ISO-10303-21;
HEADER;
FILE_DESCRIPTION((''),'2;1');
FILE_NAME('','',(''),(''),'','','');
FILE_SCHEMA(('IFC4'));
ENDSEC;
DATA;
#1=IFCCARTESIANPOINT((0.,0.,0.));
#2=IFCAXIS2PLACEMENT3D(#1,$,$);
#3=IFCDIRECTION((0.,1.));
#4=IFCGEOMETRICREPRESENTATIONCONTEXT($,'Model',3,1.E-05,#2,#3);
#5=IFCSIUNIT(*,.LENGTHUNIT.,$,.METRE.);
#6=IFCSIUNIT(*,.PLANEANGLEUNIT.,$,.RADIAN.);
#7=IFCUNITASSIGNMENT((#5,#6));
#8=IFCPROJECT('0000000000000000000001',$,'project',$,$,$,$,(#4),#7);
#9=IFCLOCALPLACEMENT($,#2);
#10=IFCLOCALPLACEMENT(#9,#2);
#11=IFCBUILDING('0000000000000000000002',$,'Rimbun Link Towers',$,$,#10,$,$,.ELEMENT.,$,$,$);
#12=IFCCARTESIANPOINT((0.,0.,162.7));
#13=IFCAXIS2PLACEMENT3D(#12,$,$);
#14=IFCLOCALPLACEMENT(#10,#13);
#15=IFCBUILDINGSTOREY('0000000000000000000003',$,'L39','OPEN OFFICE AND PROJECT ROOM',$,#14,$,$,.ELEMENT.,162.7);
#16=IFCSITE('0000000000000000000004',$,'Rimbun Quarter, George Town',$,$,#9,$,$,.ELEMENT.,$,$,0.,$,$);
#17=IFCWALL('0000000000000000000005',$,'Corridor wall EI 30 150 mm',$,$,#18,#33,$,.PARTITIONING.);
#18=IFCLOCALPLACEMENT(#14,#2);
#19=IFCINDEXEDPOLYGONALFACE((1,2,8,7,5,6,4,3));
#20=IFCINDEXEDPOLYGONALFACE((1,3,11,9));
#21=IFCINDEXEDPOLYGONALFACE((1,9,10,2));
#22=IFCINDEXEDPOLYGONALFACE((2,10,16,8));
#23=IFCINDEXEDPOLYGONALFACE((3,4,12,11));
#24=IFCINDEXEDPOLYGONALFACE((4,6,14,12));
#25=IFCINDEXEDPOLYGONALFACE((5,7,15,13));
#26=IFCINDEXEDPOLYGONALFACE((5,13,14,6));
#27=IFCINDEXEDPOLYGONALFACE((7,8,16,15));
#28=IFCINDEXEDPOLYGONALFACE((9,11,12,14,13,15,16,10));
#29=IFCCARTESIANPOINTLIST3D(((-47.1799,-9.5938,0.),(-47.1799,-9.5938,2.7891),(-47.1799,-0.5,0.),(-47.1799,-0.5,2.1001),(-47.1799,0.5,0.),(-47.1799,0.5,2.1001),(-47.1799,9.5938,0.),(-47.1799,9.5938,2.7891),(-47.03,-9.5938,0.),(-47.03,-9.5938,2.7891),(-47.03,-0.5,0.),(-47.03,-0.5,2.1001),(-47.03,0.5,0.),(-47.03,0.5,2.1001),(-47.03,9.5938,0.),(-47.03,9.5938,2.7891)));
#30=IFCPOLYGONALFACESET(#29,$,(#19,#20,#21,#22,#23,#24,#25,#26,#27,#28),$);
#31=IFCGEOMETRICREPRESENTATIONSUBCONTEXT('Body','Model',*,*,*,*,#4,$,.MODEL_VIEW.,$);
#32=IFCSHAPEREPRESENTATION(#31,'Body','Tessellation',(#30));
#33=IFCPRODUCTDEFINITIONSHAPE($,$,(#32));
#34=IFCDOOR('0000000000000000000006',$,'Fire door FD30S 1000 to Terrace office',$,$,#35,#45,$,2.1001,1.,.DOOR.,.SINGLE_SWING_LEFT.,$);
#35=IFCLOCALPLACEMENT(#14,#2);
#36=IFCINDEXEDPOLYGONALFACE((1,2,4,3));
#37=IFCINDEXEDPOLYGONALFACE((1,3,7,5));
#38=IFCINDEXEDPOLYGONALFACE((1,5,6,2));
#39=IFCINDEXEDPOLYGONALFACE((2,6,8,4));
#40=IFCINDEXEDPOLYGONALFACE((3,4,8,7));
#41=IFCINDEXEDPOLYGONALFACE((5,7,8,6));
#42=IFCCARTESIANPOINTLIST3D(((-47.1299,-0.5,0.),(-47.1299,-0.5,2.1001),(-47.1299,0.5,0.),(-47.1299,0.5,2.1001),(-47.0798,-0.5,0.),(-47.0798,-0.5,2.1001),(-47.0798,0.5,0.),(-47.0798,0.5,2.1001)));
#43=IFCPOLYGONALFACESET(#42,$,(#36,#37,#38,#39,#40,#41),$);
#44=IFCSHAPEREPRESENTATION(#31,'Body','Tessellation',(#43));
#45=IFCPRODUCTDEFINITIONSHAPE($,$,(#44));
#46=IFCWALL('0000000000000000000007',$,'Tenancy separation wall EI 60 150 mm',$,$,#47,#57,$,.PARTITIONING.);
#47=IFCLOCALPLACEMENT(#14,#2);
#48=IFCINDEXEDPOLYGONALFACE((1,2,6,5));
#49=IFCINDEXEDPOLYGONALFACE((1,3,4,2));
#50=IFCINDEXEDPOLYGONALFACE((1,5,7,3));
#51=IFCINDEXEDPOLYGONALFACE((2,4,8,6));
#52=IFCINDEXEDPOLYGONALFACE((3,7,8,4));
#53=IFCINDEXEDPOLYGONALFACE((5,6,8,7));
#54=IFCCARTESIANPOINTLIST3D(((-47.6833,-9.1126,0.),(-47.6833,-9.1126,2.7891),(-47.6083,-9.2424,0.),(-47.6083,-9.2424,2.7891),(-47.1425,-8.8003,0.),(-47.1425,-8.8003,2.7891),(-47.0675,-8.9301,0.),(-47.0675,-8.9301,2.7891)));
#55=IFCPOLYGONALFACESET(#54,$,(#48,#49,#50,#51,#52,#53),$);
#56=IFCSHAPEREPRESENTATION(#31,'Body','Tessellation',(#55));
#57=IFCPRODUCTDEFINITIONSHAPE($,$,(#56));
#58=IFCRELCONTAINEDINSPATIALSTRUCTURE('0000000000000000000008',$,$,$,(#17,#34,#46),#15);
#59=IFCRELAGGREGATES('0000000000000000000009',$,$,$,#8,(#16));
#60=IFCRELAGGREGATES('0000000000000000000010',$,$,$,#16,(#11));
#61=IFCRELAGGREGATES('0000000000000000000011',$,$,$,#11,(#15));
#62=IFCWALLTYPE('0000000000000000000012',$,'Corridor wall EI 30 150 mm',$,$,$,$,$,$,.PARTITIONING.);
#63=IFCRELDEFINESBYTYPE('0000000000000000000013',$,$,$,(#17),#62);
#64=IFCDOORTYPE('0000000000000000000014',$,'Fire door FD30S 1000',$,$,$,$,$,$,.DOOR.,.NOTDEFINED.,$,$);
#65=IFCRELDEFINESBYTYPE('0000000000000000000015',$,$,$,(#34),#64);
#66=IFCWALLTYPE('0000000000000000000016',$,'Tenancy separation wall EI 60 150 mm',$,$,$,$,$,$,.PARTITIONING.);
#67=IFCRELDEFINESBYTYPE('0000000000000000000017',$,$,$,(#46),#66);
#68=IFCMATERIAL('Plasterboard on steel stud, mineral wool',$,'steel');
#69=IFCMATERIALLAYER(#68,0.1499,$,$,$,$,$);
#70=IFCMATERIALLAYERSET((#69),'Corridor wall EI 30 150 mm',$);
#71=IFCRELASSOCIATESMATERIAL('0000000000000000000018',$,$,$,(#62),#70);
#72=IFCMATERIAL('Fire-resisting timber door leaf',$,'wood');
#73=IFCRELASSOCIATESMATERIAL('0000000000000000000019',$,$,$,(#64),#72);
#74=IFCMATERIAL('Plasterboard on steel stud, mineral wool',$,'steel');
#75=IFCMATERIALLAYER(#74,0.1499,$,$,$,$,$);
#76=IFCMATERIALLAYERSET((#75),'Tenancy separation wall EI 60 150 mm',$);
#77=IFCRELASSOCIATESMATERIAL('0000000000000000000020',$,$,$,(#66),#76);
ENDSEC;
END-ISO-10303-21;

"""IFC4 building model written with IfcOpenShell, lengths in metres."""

from ifc_helpers import new_model, si_unit, direction, frame, frame_2d, origin, place, context, subcontext, project, spatial, rectangle, extrude, material, layer, layer_set, type_object, element, fill, save


model = new_model("IFC4")

# Units and contexts
model_context = context("Model", 3, precision=1e-05, world=origin(), true_north=direction((0.0, 1.0)))
body_context = subcontext(model_context, "Body", "Model", "MODEL_VIEW")
ifc_project = project(units=[si_unit("LENGTHUNIT", "METRE"), si_unit("PLANEANGLEUNIT", "RADIAN")], contexts=[model_context])

# Site, building, storey
site_placement = place(None, origin())
site = spatial("IfcSite", under=ifc_project, at=site_placement, Name="Rimbun Quarter, George Town", CompositionType="ELEMENT", RefElevation=0.0)
building_placement = place(site_placement, origin())
building = spatial("IfcBuilding", under=site, at=building_placement, Name="Rimbun Link Towers", CompositionType="ELEMENT")
storey_placement = place(building_placement, frame((0.0, 0.0, 162.7)))
storey = spatial("IfcBuildingStorey", under=building, at=storey_placement, Name="L39", Description="OPEN OFFICE AND PROJECT ROOM", CompositionType="ELEMENT", Elevation=162.7)

# Shared definitions
ifc_material_1 = material(Name="Plasterboard on steel stud, mineral wool", Category="steel")
ifc_layer_1 = layer(ifc_material_1, 0.1499)
ifc_layer_set_1 = layer_set([ifc_layer_1], Name="Corridor wall EI 30 150 mm")
wall_type_1 = type_object("IfcWallType", Name="Corridor wall EI 30 150 mm", PredefinedType="PARTITIONING", material=ifc_layer_set_1)

# Wall, opening, door
wall_1_placement = place(storey_placement, frame((-47.105, -9.5938, 0.0), z_axis=(0.0, 0.0, 1.0), x_axis=(0.0, 1.0, 0.0)))
wall_1 = element("IfcWall", 1, at=wall_1_placement, inside=storey, type_object=wall_type_1, Name="Corridor wall EI 30 150 mm", PredefinedType="PARTITIONING", context=body_context, shape_type="SweptSolid", body=[
    extrude(rectangle(XDim=19.1875, YDim=0.1499, at=frame_2d((9.5938, 0.0))), origin(), (0.0, 0.0, 1.0), 2.7891),
])
opening_1_placement = place(wall_1_placement, frame((9.0938, 0.0, 0.0)))
opening_1 = element("IfcOpeningElement", 2, at=opening_1_placement, cuts=wall_1, PredefinedType="OPENING", context=body_context, shape_type="SweptSolid", body=[
    extrude(rectangle(XDim=1.0, YDim=2.1001, at=frame_2d((0.5, 1.05))), frame((0.0, 0.085, 0.0), z_axis=(0.0, -1.0, 0.0), x_axis=(1.0, 0.0, 0.0)), (0.0, 0.0, 1.0), 0.1699),
])
ifc_material_2 = material(Name="Fire-resisting timber door leaf", Category="wood")
door_type = type_object("IfcDoorType", Name="Fire door FD30S 1000", OperationType="NOTDEFINED", PredefinedType="DOOR", material=ifc_material_2)
door_placement = place(opening_1_placement, origin())
door = element("IfcDoor", 3, at=door_placement, inside=storey, type_object=door_type, Name="Fire door FD30S 1000 to Terrace office", OperationType="SINGLE_SWING_LEFT", OverallHeight=2.1001, OverallWidth=1.0, PredefinedType="DOOR", context=body_context, shape_type="SweptSolid", body=[
    extrude(rectangle(XDim=1.0, YDim=2.1001, at=frame_2d((0.5, 1.05))), frame((0.0, 0.0249, 0.0), z_axis=(0.0, -1.0, 0.0), x_axis=(1.0, 0.0, 0.0)), (0.0, 0.0, 1.0), 0.05),
])
fill(opening_1, door)

# Wall
ifc_material_3 = material(Name="Plasterboard on steel stud, mineral wool", Category="steel")
ifc_layer_2 = layer(ifc_material_3, 0.1499)
ifc_layer_set_2 = layer_set([ifc_layer_2], Name="Tenancy separation wall EI 60 150 mm")
wall_type_2 = type_object("IfcWallType", Name="Tenancy separation wall EI 60 150 mm", PredefinedType="PARTITIONING", material=ifc_layer_set_2)
wall_2_placement = place(storey_placement, frame((-47.105, -8.8652, 0.0), z_axis=(0.0, 0.0, 1.0), x_axis=(-0.865997, -0.50005, 0.0)))
element("IfcWall", 4, at=wall_2_placement, inside=storey, type_object=wall_type_2, Name="Tenancy separation wall EI 60 150 mm", PredefinedType="PARTITIONING", context=body_context, shape_type="SweptSolid", body=[
    extrude(rectangle(XDim=0.6245, YDim=0.1499, at=frame_2d((0.3123, 0.0))), origin(), (0.0, 0.0, 1.0), 2.7891),
])

save(model, "model.ifc")
